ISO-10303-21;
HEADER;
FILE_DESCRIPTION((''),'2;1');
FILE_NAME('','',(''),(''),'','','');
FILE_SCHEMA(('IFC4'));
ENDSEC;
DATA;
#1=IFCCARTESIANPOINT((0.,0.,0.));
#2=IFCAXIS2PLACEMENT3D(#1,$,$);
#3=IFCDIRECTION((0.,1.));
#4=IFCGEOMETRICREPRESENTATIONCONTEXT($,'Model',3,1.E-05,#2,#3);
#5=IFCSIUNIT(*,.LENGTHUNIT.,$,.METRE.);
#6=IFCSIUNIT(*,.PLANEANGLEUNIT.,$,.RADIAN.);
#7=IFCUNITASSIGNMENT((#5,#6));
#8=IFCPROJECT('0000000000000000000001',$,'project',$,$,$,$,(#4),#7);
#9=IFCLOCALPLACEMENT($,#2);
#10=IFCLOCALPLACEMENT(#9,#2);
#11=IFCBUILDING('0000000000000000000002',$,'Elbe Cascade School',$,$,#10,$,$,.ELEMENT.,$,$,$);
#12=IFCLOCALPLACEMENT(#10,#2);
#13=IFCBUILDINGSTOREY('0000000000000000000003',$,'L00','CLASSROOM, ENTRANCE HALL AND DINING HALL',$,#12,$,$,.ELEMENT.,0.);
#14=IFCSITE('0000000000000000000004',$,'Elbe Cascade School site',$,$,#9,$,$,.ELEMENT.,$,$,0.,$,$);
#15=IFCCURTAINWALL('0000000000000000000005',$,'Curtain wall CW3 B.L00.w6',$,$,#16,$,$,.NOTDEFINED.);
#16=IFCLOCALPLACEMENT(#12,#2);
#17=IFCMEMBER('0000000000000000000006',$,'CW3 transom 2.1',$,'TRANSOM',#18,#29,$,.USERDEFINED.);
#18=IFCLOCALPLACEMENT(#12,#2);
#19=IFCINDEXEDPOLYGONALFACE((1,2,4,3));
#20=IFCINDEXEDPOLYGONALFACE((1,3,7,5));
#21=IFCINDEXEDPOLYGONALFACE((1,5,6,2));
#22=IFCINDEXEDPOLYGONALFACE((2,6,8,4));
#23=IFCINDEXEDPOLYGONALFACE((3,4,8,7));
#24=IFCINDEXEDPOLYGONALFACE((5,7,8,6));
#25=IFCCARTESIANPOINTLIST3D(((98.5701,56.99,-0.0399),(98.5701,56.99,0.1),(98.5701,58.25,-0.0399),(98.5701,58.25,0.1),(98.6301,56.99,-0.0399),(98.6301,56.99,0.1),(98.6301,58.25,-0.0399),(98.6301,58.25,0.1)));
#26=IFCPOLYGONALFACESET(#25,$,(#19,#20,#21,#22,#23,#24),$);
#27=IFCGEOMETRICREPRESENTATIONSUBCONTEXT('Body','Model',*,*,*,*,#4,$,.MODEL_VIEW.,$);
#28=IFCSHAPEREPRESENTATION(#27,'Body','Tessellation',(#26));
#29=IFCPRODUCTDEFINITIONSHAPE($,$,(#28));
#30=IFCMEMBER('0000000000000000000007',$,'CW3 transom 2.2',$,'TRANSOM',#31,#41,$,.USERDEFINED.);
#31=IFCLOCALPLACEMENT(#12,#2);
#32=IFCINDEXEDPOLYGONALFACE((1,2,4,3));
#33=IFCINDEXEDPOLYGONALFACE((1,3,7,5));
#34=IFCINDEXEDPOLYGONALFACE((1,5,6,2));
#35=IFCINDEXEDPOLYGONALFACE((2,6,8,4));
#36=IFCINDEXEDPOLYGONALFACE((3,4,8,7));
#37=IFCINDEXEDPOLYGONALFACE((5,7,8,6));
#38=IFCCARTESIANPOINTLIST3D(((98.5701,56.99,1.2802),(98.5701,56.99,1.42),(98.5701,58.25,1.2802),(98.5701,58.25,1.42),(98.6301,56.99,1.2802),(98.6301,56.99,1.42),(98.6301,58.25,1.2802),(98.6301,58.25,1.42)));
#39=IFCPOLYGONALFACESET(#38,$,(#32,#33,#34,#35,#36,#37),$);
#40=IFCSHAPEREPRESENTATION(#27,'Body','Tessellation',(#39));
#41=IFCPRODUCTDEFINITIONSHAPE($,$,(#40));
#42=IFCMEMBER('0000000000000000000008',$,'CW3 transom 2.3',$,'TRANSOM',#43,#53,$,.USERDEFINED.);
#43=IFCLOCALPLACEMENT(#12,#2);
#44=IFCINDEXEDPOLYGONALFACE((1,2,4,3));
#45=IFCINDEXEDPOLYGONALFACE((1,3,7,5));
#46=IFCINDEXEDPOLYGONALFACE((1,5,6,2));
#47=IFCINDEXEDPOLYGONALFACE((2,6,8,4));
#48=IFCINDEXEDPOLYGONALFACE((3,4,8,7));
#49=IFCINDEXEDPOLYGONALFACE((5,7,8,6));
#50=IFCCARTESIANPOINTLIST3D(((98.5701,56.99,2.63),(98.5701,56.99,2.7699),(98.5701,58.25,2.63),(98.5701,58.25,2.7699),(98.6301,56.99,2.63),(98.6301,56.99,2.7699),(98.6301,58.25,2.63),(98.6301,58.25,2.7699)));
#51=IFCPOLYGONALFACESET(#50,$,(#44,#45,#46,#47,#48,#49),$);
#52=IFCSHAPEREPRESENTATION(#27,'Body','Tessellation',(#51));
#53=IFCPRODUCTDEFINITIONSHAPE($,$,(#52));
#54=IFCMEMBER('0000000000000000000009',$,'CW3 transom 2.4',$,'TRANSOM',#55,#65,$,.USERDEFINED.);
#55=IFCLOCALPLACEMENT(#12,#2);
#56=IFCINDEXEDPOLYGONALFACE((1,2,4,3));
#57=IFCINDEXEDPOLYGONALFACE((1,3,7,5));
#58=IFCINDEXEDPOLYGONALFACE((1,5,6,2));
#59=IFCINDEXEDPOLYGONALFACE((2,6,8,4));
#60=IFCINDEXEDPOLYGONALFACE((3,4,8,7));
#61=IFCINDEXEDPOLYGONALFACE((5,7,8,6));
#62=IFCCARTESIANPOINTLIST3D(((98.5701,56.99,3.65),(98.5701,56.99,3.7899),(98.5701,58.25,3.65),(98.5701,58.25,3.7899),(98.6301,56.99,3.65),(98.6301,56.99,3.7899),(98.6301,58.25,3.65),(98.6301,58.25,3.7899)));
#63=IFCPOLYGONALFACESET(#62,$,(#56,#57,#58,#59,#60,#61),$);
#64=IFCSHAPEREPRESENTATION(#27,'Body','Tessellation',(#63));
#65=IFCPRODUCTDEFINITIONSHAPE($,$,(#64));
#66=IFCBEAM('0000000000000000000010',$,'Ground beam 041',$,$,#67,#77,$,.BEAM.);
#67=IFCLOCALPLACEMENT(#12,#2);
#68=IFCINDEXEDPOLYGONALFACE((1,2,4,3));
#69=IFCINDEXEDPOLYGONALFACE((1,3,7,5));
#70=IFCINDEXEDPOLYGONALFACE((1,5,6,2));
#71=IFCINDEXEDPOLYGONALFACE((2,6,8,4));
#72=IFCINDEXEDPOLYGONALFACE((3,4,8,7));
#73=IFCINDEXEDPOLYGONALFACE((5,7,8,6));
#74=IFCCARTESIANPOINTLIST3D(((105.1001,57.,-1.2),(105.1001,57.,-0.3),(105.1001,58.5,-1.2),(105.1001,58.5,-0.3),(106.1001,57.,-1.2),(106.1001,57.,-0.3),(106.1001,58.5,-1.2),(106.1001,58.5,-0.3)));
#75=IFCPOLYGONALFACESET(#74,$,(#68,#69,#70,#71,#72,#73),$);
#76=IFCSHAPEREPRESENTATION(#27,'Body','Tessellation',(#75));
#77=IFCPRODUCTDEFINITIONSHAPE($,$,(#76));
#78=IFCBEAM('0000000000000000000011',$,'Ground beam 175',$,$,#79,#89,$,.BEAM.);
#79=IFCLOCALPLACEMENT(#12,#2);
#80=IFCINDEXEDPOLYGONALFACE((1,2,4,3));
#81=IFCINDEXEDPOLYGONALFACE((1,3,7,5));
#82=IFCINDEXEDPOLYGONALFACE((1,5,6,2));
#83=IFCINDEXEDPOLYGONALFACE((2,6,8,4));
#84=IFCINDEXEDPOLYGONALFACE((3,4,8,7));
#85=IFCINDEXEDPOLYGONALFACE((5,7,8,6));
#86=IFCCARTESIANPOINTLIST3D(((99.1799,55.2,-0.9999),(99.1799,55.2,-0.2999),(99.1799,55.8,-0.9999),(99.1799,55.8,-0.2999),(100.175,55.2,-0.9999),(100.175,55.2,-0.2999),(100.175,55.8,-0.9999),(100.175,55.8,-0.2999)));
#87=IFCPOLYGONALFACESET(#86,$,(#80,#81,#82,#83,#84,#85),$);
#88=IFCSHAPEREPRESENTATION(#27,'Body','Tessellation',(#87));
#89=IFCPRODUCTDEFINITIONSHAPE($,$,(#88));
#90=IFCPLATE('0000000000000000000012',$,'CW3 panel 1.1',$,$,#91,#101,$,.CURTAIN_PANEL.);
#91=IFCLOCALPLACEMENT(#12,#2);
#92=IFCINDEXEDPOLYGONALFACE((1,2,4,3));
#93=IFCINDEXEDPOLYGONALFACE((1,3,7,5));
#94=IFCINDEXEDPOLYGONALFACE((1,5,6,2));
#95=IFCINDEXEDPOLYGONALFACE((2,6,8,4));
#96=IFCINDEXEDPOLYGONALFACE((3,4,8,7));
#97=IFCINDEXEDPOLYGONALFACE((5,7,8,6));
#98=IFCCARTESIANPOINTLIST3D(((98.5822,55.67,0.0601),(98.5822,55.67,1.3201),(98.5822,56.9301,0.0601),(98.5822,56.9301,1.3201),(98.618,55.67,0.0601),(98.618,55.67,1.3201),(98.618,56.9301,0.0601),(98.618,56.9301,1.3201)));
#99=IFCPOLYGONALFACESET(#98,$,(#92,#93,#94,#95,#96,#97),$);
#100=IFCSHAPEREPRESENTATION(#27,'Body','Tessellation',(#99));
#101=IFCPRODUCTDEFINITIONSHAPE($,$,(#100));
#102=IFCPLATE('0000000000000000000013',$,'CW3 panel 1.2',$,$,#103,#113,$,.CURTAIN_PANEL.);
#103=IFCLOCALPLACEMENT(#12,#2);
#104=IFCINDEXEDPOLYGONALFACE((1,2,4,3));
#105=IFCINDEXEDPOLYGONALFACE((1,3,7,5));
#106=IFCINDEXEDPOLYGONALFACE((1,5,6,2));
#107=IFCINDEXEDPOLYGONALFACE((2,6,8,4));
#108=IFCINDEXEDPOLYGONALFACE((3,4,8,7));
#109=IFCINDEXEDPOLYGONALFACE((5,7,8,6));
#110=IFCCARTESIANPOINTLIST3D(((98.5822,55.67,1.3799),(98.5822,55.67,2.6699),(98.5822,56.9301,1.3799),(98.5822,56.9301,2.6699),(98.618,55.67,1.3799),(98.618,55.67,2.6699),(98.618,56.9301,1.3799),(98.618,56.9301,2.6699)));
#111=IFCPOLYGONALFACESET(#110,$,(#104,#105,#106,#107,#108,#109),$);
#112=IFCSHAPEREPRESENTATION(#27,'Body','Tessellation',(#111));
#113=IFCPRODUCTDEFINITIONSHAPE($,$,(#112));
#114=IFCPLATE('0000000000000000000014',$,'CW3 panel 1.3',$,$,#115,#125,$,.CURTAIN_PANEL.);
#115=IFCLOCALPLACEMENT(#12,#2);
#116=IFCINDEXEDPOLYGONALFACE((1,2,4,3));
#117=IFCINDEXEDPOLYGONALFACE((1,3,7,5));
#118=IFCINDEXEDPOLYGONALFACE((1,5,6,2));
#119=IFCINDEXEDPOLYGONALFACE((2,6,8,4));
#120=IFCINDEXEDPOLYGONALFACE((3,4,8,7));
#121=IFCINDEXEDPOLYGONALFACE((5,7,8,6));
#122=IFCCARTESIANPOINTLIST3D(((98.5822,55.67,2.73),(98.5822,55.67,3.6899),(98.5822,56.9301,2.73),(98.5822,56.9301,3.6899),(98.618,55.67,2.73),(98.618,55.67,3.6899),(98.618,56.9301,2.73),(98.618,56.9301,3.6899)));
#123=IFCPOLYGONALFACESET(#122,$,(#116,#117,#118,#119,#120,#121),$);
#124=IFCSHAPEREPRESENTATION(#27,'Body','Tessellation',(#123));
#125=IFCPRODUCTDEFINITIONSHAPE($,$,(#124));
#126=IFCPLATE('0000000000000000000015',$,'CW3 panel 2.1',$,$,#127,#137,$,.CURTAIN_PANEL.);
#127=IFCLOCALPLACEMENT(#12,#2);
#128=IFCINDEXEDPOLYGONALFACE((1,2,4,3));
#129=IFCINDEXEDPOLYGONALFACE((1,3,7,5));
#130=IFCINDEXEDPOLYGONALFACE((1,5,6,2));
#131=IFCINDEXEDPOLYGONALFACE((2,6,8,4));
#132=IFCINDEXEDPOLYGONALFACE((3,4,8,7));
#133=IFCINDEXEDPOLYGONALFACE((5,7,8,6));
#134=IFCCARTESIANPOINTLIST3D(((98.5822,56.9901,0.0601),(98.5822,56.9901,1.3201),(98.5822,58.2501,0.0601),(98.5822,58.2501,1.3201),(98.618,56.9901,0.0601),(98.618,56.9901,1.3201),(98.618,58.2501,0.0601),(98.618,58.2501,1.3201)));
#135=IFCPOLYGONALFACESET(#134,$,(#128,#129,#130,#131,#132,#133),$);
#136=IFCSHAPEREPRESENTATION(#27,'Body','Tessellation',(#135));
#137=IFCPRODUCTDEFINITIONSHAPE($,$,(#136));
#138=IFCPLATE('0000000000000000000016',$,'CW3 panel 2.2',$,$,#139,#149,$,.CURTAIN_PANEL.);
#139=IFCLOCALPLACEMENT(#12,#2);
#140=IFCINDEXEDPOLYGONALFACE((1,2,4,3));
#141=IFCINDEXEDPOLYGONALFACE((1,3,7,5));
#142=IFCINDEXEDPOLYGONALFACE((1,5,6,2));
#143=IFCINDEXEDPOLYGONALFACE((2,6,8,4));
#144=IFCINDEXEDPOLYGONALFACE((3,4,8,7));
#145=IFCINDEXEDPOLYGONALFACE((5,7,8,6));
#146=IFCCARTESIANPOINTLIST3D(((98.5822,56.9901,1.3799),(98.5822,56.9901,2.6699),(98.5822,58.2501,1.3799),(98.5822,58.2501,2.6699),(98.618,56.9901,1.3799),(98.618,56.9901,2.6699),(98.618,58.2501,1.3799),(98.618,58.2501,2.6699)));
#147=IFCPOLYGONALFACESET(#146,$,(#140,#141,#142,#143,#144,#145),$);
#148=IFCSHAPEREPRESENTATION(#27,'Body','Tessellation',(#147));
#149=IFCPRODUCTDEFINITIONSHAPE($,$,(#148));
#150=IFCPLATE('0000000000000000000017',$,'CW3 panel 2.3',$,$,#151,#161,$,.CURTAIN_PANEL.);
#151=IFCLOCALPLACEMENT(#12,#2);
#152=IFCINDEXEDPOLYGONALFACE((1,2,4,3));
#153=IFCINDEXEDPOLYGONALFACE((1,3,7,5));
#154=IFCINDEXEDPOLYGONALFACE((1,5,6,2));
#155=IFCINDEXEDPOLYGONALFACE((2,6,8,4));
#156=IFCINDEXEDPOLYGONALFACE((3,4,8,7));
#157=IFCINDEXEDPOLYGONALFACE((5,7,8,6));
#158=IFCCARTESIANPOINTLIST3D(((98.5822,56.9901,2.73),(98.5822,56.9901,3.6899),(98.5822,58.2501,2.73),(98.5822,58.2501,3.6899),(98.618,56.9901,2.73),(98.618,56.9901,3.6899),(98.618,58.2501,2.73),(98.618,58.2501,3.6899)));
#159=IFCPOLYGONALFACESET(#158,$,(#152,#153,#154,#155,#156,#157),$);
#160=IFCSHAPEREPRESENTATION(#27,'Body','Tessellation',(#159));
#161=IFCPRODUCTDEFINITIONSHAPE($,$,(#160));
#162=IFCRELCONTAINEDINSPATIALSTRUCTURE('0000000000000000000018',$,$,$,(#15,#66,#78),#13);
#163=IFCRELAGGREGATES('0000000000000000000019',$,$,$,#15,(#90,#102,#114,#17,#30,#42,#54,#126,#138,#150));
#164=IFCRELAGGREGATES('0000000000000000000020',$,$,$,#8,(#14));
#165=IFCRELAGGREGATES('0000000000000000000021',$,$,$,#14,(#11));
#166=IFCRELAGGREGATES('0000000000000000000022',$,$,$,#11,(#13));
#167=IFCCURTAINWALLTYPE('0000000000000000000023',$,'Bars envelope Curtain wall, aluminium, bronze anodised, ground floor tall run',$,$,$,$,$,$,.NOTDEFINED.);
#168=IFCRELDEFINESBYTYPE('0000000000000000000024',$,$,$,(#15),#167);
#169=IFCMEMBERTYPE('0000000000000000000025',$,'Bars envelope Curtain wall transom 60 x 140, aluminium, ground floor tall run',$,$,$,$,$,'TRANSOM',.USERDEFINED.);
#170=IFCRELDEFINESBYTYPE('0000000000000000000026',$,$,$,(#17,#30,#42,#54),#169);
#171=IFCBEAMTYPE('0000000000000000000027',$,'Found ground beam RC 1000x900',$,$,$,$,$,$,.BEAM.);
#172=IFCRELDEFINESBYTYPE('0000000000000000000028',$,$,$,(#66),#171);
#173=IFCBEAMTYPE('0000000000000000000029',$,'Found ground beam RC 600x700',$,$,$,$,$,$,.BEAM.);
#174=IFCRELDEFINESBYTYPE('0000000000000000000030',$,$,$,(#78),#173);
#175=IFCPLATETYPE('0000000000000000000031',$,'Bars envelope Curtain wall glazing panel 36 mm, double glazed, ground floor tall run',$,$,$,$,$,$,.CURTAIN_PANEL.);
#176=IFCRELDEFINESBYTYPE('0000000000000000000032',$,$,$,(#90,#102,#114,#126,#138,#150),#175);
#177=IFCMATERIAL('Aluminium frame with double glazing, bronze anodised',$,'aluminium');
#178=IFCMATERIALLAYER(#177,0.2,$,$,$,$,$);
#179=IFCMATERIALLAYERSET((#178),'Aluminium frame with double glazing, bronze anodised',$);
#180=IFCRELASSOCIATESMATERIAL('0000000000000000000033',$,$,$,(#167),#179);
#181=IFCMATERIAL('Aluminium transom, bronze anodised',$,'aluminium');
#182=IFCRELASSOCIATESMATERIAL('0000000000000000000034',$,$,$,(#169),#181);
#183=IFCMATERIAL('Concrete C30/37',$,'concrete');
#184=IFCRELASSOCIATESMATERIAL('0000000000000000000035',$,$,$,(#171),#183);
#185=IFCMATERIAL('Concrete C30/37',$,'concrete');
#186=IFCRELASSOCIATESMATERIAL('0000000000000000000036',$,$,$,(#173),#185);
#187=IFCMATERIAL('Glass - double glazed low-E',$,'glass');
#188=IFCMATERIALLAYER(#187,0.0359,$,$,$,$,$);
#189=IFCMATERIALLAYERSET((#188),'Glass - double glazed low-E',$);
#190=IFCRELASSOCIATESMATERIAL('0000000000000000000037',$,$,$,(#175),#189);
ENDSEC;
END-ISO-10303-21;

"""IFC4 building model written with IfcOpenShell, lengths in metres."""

from ifc_helpers import new_model, si_unit, direction, frame, origin, origin_2d, place, context, subcontext, project, spatial, rectangle, extrude, material, layer, layer_set, material_profile, profile_set, type_object, element, aggregate, save


model = new_model("IFC4")

# Units and contexts
model_context = context("Model", 3, precision=1e-05, world=origin(), true_north=direction((0.0, 1.0)))
body_context = subcontext(model_context, "Body", "Model", "MODEL_VIEW")
ifc_project = project(units=[si_unit("LENGTHUNIT", "METRE"), si_unit("PLANEANGLEUNIT", "RADIAN")], contexts=[model_context])

# Site, building, storey
site_placement = place(None, origin())
site = spatial("IfcSite", under=ifc_project, at=site_placement, Name="Elbe Cascade School site", CompositionType="ELEMENT", RefElevation=0.0)
building_placement = place(site_placement, origin())
building = spatial("IfcBuilding", under=site, at=building_placement, Name="Elbe Cascade School", CompositionType="ELEMENT")
storey_placement = place(building_placement, origin())
storey = spatial("IfcBuildingStorey", under=building, at=storey_placement, Name="L00", Description="CLASSROOM, ENTRANCE HALL AND DINING HALL", CompositionType="ELEMENT", Elevation=0.0)

# Curtain wall, members
ifc_material_1 = material(Name="Aluminium frame with double glazing, bronze anodised", Category="aluminium")
ifc_layer_1 = layer(ifc_material_1, 0.2)
ifc_layer_set_1 = layer_set([ifc_layer_1], Name="Aluminium frame with double glazing, bronze anodised")
curtain_wall_type = type_object("IfcCurtainWallType", Name="Bars envelope Curtain wall, aluminium, bronze anodised, ground floor tall run", PredefinedType="NOTDEFINED", material=ifc_layer_set_1)
curtain_wall_placement = place(storey_placement, origin())
curtain_wall = element("IfcCurtainWall", 1, at=curtain_wall_placement, inside=storey, type_object=curtain_wall_type, Name="Curtain wall CW3 B.L00.w6", PredefinedType="NOTDEFINED")
ifc_material_2 = material(Name="Aluminium transom, bronze anodised", Category="aluminium")
ifc_material_profile_1 = material_profile(ifc_material_2, rectangle(XDim=0.0601, YDim=0.1399, at=origin_2d()), Name="Bars envelope Curtain wall transom 60 x 140, aluminium, ground floor tall run")
ifc_profile_set_1 = profile_set([ifc_material_profile_1], Name="Aluminium transom, bronze anodised")
member_type_1 = type_object("IfcMemberType", Name="Bars envelope Curtain wall transom 60 x 140, aluminium, ground floor tall run", ElementType="TRANSOM", PredefinedType="USERDEFINED", material=ifc_profile_set_1)
member_1_placement = place(storey_placement, frame((98.6001, 56.99, 0.03), z_axis=(0.0, 1.0, 0.0), x_axis=(-1.0, 0.0, 0.0)))
member_1 = element("IfcMember", 2, at=member_1_placement, type_object=member_type_1, Name="CW3 transom 2.1", ObjectType="TRANSOM", PredefinedType="USERDEFINED", context=body_context, shape_type="SweptSolid", body=[
    extrude(rectangle(XDim=0.0601, YDim=0.1399, at=origin_2d()), origin(), (0.0, 0.0, 1.0), 1.26),
])
member_2_placement = place(storey_placement, frame((98.6001, 56.99, 1.3501), z_axis=(0.0, 1.0, 0.0), x_axis=(-1.0, 0.0, 0.0)))
member_2 = element("IfcMember", 3, at=member_2_placement, type_object=member_type_1, Name="CW3 transom 2.2", ObjectType="TRANSOM", PredefinedType="USERDEFINED", context=body_context, shape_type="SweptSolid", body=[
    extrude(rectangle(XDim=0.0601, YDim=0.1399, at=origin_2d()), origin(), (0.0, 0.0, 1.0), 1.26),
])
member_3_placement = place(storey_placement, frame((98.6001, 56.99, 2.7), z_axis=(0.0, 1.0, 0.0), x_axis=(-1.0, 0.0, 0.0)))
member_3 = element("IfcMember", 4, at=member_3_placement, type_object=member_type_1, Name="CW3 transom 2.3", ObjectType="TRANSOM", PredefinedType="USERDEFINED", context=body_context, shape_type="SweptSolid", body=[
    extrude(rectangle(XDim=0.0601, YDim=0.1399, at=origin_2d()), origin(), (0.0, 0.0, 1.0), 1.26),
])
member_4_placement = place(storey_placement, frame((98.6001, 56.99, 3.72), z_axis=(0.0, 1.0, 0.0), x_axis=(-1.0, 0.0, 0.0)))
member_4 = element("IfcMember", 5, at=member_4_placement, type_object=member_type_1, Name="CW3 transom 2.4", ObjectType="TRANSOM", PredefinedType="USERDEFINED", context=body_context, shape_type="SweptSolid", body=[
    extrude(rectangle(XDim=0.0601, YDim=0.1399, at=origin_2d()), origin(), (0.0, 0.0, 1.0), 1.26),
])

# Beams
ifc_material_3 = material(Name="Concrete C30/37", Category="concrete")
ifc_material_profile_2 = material_profile(ifc_material_3, rectangle(XDim=1.0, YDim=0.8999, at=origin_2d()), Name="RC 1000x900")
ifc_profile_set_2 = profile_set([ifc_material_profile_2], Name="Concrete C30/37")
beam_type_1 = type_object("IfcBeamType", Name="Found ground beam RC 1000x900", PredefinedType="BEAM", material=ifc_profile_set_2)
beam_1_placement = place(storey_placement, frame((105.6001, 57.0, -0.75), z_axis=(0.0, 1.0, 0.0), x_axis=(-1.0, 0.0, 0.0)))
element("IfcBeam", 6, at=beam_1_placement, inside=storey, type_object=beam_type_1, Name="Ground beam 041", PredefinedType="BEAM", context=body_context, shape_type="SweptSolid", body=[
    extrude(rectangle(XDim=1.0, YDim=0.8999, at=origin_2d()), origin(), (0.0, 0.0, 1.0), 1.5),
])
ifc_material_4 = material(Name="Concrete C30/37", Category="concrete")
ifc_material_profile_3 = material_profile(ifc_material_4, rectangle(XDim=0.6001, YDim=0.7, at=origin_2d()), Name="RC 600x700")
ifc_profile_set_3 = profile_set([ifc_material_profile_3], Name="Concrete C30/37")
beam_type_2 = type_object("IfcBeamType", Name="Found ground beam RC 600x700", PredefinedType="BEAM", material=ifc_profile_set_3)
beam_2_placement = place(storey_placement, frame((99.1799, 55.5, -0.6499), z_axis=(1.0, 0.0, 0.0), x_axis=(0.0, 1.0, 0.0)))
element("IfcBeam", 7, at=beam_2_placement, inside=storey, type_object=beam_type_2, Name="Ground beam 175", PredefinedType="BEAM", context=body_context, shape_type="SweptSolid", body=[
    extrude(rectangle(XDim=0.6001, YDim=0.7, at=origin_2d()), origin(), (0.0, 0.0, 1.0), 0.9951),
])

# Plates
ifc_material_5 = material(Name="Glass - double glazed low-E", Category="glass")
ifc_layer_2 = layer(ifc_material_5, 0.0359)
ifc_layer_set_2 = layer_set([ifc_layer_2], Name="Glass - double glazed low-E")
plate_type = type_object("IfcPlateType", Name="Bars envelope Curtain wall glazing panel 36 mm, double glazed, ground floor tall run", PredefinedType="CURTAIN_PANEL", material=ifc_layer_set_2)
plate_1_placement = place(storey_placement, frame((98.6001, 56.3, 0.0601), z_axis=(0.0, 0.0, 1.0), x_axis=(0.0, 1.0, 0.0)))
plate_1 = element("IfcPlate", 8, at=plate_1_placement, type_object=plate_type, Name="CW3 panel 1.1", PredefinedType="CURTAIN_PANEL", context=body_context, shape_type="SweptSolid", body=[
    extrude(rectangle(XDim=1.26, YDim=0.0359, at=origin_2d()), origin(), (0.0, 0.0, 1.0), 1.26),
])
plate_2_placement = place(storey_placement, frame((98.6001, 56.3, 1.3799), z_axis=(0.0, 0.0, 1.0), x_axis=(0.0, 1.0, 0.0)))
plate_2 = element("IfcPlate", 9, at=plate_2_placement, type_object=plate_type, Name="CW3 panel 1.2", PredefinedType="CURTAIN_PANEL", context=body_context, shape_type="SweptSolid", body=[
    extrude(rectangle(XDim=1.26, YDim=0.0359, at=origin_2d()), origin(), (0.0, 0.0, 1.0), 1.29),
])
plate_3_placement = place(storey_placement, frame((98.6001, 56.3, 2.73), z_axis=(0.0, 0.0, 1.0), x_axis=(0.0, 1.0, 0.0)))
plate_3 = element("IfcPlate", 10, at=plate_3_placement, type_object=plate_type, Name="CW3 panel 1.3", PredefinedType="CURTAIN_PANEL", context=body_context, shape_type="SweptSolid", body=[
    extrude(rectangle(XDim=1.26, YDim=0.0359, at=origin_2d()), origin(), (0.0, 0.0, 1.0), 0.96),
])
plate_4_placement = place(storey_placement, frame((98.6001, 57.6201, 0.0601), z_axis=(0.0, 0.0, 1.0), x_axis=(0.0, 1.0, 0.0)))
plate_4 = element("IfcPlate", 11, at=plate_4_placement, type_object=plate_type, Name="CW3 panel 2.1", PredefinedType="CURTAIN_PANEL", context=body_context, shape_type="SweptSolid", body=[
    extrude(rectangle(XDim=1.26, YDim=0.0359, at=origin_2d()), origin(), (0.0, 0.0, 1.0), 1.26),
])
plate_5_placement = place(storey_placement, frame((98.6001, 57.6201, 1.3799), z_axis=(0.0, 0.0, 1.0), x_axis=(0.0, 1.0, 0.0)))
plate_5 = element("IfcPlate", 12, at=plate_5_placement, type_object=plate_type, Name="CW3 panel 2.2", PredefinedType="CURTAIN_PANEL", context=body_context, shape_type="SweptSolid", body=[
    extrude(rectangle(XDim=1.26, YDim=0.0359, at=origin_2d()), origin(), (0.0, 0.0, 1.0), 1.29),
])
plate_6_placement = place(storey_placement, frame((98.6001, 57.6201, 2.73), z_axis=(0.0, 0.0, 1.0), x_axis=(0.0, 1.0, 0.0)))
plate_6 = element("IfcPlate", 13, at=plate_6_placement, type_object=plate_type, Name="CW3 panel 2.3", PredefinedType="CURTAIN_PANEL", context=body_context, shape_type="SweptSolid", body=[
    extrude(rectangle(XDim=1.26, YDim=0.0359, at=origin_2d()), origin(), (0.0, 0.0, 1.0), 0.96),
])
aggregate(curtain_wall, [plate_1, plate_2, plate_3, member_1, member_2, member_3, member_4, plate_4, plate_5, plate_6])

save(model, "model.ifc")
